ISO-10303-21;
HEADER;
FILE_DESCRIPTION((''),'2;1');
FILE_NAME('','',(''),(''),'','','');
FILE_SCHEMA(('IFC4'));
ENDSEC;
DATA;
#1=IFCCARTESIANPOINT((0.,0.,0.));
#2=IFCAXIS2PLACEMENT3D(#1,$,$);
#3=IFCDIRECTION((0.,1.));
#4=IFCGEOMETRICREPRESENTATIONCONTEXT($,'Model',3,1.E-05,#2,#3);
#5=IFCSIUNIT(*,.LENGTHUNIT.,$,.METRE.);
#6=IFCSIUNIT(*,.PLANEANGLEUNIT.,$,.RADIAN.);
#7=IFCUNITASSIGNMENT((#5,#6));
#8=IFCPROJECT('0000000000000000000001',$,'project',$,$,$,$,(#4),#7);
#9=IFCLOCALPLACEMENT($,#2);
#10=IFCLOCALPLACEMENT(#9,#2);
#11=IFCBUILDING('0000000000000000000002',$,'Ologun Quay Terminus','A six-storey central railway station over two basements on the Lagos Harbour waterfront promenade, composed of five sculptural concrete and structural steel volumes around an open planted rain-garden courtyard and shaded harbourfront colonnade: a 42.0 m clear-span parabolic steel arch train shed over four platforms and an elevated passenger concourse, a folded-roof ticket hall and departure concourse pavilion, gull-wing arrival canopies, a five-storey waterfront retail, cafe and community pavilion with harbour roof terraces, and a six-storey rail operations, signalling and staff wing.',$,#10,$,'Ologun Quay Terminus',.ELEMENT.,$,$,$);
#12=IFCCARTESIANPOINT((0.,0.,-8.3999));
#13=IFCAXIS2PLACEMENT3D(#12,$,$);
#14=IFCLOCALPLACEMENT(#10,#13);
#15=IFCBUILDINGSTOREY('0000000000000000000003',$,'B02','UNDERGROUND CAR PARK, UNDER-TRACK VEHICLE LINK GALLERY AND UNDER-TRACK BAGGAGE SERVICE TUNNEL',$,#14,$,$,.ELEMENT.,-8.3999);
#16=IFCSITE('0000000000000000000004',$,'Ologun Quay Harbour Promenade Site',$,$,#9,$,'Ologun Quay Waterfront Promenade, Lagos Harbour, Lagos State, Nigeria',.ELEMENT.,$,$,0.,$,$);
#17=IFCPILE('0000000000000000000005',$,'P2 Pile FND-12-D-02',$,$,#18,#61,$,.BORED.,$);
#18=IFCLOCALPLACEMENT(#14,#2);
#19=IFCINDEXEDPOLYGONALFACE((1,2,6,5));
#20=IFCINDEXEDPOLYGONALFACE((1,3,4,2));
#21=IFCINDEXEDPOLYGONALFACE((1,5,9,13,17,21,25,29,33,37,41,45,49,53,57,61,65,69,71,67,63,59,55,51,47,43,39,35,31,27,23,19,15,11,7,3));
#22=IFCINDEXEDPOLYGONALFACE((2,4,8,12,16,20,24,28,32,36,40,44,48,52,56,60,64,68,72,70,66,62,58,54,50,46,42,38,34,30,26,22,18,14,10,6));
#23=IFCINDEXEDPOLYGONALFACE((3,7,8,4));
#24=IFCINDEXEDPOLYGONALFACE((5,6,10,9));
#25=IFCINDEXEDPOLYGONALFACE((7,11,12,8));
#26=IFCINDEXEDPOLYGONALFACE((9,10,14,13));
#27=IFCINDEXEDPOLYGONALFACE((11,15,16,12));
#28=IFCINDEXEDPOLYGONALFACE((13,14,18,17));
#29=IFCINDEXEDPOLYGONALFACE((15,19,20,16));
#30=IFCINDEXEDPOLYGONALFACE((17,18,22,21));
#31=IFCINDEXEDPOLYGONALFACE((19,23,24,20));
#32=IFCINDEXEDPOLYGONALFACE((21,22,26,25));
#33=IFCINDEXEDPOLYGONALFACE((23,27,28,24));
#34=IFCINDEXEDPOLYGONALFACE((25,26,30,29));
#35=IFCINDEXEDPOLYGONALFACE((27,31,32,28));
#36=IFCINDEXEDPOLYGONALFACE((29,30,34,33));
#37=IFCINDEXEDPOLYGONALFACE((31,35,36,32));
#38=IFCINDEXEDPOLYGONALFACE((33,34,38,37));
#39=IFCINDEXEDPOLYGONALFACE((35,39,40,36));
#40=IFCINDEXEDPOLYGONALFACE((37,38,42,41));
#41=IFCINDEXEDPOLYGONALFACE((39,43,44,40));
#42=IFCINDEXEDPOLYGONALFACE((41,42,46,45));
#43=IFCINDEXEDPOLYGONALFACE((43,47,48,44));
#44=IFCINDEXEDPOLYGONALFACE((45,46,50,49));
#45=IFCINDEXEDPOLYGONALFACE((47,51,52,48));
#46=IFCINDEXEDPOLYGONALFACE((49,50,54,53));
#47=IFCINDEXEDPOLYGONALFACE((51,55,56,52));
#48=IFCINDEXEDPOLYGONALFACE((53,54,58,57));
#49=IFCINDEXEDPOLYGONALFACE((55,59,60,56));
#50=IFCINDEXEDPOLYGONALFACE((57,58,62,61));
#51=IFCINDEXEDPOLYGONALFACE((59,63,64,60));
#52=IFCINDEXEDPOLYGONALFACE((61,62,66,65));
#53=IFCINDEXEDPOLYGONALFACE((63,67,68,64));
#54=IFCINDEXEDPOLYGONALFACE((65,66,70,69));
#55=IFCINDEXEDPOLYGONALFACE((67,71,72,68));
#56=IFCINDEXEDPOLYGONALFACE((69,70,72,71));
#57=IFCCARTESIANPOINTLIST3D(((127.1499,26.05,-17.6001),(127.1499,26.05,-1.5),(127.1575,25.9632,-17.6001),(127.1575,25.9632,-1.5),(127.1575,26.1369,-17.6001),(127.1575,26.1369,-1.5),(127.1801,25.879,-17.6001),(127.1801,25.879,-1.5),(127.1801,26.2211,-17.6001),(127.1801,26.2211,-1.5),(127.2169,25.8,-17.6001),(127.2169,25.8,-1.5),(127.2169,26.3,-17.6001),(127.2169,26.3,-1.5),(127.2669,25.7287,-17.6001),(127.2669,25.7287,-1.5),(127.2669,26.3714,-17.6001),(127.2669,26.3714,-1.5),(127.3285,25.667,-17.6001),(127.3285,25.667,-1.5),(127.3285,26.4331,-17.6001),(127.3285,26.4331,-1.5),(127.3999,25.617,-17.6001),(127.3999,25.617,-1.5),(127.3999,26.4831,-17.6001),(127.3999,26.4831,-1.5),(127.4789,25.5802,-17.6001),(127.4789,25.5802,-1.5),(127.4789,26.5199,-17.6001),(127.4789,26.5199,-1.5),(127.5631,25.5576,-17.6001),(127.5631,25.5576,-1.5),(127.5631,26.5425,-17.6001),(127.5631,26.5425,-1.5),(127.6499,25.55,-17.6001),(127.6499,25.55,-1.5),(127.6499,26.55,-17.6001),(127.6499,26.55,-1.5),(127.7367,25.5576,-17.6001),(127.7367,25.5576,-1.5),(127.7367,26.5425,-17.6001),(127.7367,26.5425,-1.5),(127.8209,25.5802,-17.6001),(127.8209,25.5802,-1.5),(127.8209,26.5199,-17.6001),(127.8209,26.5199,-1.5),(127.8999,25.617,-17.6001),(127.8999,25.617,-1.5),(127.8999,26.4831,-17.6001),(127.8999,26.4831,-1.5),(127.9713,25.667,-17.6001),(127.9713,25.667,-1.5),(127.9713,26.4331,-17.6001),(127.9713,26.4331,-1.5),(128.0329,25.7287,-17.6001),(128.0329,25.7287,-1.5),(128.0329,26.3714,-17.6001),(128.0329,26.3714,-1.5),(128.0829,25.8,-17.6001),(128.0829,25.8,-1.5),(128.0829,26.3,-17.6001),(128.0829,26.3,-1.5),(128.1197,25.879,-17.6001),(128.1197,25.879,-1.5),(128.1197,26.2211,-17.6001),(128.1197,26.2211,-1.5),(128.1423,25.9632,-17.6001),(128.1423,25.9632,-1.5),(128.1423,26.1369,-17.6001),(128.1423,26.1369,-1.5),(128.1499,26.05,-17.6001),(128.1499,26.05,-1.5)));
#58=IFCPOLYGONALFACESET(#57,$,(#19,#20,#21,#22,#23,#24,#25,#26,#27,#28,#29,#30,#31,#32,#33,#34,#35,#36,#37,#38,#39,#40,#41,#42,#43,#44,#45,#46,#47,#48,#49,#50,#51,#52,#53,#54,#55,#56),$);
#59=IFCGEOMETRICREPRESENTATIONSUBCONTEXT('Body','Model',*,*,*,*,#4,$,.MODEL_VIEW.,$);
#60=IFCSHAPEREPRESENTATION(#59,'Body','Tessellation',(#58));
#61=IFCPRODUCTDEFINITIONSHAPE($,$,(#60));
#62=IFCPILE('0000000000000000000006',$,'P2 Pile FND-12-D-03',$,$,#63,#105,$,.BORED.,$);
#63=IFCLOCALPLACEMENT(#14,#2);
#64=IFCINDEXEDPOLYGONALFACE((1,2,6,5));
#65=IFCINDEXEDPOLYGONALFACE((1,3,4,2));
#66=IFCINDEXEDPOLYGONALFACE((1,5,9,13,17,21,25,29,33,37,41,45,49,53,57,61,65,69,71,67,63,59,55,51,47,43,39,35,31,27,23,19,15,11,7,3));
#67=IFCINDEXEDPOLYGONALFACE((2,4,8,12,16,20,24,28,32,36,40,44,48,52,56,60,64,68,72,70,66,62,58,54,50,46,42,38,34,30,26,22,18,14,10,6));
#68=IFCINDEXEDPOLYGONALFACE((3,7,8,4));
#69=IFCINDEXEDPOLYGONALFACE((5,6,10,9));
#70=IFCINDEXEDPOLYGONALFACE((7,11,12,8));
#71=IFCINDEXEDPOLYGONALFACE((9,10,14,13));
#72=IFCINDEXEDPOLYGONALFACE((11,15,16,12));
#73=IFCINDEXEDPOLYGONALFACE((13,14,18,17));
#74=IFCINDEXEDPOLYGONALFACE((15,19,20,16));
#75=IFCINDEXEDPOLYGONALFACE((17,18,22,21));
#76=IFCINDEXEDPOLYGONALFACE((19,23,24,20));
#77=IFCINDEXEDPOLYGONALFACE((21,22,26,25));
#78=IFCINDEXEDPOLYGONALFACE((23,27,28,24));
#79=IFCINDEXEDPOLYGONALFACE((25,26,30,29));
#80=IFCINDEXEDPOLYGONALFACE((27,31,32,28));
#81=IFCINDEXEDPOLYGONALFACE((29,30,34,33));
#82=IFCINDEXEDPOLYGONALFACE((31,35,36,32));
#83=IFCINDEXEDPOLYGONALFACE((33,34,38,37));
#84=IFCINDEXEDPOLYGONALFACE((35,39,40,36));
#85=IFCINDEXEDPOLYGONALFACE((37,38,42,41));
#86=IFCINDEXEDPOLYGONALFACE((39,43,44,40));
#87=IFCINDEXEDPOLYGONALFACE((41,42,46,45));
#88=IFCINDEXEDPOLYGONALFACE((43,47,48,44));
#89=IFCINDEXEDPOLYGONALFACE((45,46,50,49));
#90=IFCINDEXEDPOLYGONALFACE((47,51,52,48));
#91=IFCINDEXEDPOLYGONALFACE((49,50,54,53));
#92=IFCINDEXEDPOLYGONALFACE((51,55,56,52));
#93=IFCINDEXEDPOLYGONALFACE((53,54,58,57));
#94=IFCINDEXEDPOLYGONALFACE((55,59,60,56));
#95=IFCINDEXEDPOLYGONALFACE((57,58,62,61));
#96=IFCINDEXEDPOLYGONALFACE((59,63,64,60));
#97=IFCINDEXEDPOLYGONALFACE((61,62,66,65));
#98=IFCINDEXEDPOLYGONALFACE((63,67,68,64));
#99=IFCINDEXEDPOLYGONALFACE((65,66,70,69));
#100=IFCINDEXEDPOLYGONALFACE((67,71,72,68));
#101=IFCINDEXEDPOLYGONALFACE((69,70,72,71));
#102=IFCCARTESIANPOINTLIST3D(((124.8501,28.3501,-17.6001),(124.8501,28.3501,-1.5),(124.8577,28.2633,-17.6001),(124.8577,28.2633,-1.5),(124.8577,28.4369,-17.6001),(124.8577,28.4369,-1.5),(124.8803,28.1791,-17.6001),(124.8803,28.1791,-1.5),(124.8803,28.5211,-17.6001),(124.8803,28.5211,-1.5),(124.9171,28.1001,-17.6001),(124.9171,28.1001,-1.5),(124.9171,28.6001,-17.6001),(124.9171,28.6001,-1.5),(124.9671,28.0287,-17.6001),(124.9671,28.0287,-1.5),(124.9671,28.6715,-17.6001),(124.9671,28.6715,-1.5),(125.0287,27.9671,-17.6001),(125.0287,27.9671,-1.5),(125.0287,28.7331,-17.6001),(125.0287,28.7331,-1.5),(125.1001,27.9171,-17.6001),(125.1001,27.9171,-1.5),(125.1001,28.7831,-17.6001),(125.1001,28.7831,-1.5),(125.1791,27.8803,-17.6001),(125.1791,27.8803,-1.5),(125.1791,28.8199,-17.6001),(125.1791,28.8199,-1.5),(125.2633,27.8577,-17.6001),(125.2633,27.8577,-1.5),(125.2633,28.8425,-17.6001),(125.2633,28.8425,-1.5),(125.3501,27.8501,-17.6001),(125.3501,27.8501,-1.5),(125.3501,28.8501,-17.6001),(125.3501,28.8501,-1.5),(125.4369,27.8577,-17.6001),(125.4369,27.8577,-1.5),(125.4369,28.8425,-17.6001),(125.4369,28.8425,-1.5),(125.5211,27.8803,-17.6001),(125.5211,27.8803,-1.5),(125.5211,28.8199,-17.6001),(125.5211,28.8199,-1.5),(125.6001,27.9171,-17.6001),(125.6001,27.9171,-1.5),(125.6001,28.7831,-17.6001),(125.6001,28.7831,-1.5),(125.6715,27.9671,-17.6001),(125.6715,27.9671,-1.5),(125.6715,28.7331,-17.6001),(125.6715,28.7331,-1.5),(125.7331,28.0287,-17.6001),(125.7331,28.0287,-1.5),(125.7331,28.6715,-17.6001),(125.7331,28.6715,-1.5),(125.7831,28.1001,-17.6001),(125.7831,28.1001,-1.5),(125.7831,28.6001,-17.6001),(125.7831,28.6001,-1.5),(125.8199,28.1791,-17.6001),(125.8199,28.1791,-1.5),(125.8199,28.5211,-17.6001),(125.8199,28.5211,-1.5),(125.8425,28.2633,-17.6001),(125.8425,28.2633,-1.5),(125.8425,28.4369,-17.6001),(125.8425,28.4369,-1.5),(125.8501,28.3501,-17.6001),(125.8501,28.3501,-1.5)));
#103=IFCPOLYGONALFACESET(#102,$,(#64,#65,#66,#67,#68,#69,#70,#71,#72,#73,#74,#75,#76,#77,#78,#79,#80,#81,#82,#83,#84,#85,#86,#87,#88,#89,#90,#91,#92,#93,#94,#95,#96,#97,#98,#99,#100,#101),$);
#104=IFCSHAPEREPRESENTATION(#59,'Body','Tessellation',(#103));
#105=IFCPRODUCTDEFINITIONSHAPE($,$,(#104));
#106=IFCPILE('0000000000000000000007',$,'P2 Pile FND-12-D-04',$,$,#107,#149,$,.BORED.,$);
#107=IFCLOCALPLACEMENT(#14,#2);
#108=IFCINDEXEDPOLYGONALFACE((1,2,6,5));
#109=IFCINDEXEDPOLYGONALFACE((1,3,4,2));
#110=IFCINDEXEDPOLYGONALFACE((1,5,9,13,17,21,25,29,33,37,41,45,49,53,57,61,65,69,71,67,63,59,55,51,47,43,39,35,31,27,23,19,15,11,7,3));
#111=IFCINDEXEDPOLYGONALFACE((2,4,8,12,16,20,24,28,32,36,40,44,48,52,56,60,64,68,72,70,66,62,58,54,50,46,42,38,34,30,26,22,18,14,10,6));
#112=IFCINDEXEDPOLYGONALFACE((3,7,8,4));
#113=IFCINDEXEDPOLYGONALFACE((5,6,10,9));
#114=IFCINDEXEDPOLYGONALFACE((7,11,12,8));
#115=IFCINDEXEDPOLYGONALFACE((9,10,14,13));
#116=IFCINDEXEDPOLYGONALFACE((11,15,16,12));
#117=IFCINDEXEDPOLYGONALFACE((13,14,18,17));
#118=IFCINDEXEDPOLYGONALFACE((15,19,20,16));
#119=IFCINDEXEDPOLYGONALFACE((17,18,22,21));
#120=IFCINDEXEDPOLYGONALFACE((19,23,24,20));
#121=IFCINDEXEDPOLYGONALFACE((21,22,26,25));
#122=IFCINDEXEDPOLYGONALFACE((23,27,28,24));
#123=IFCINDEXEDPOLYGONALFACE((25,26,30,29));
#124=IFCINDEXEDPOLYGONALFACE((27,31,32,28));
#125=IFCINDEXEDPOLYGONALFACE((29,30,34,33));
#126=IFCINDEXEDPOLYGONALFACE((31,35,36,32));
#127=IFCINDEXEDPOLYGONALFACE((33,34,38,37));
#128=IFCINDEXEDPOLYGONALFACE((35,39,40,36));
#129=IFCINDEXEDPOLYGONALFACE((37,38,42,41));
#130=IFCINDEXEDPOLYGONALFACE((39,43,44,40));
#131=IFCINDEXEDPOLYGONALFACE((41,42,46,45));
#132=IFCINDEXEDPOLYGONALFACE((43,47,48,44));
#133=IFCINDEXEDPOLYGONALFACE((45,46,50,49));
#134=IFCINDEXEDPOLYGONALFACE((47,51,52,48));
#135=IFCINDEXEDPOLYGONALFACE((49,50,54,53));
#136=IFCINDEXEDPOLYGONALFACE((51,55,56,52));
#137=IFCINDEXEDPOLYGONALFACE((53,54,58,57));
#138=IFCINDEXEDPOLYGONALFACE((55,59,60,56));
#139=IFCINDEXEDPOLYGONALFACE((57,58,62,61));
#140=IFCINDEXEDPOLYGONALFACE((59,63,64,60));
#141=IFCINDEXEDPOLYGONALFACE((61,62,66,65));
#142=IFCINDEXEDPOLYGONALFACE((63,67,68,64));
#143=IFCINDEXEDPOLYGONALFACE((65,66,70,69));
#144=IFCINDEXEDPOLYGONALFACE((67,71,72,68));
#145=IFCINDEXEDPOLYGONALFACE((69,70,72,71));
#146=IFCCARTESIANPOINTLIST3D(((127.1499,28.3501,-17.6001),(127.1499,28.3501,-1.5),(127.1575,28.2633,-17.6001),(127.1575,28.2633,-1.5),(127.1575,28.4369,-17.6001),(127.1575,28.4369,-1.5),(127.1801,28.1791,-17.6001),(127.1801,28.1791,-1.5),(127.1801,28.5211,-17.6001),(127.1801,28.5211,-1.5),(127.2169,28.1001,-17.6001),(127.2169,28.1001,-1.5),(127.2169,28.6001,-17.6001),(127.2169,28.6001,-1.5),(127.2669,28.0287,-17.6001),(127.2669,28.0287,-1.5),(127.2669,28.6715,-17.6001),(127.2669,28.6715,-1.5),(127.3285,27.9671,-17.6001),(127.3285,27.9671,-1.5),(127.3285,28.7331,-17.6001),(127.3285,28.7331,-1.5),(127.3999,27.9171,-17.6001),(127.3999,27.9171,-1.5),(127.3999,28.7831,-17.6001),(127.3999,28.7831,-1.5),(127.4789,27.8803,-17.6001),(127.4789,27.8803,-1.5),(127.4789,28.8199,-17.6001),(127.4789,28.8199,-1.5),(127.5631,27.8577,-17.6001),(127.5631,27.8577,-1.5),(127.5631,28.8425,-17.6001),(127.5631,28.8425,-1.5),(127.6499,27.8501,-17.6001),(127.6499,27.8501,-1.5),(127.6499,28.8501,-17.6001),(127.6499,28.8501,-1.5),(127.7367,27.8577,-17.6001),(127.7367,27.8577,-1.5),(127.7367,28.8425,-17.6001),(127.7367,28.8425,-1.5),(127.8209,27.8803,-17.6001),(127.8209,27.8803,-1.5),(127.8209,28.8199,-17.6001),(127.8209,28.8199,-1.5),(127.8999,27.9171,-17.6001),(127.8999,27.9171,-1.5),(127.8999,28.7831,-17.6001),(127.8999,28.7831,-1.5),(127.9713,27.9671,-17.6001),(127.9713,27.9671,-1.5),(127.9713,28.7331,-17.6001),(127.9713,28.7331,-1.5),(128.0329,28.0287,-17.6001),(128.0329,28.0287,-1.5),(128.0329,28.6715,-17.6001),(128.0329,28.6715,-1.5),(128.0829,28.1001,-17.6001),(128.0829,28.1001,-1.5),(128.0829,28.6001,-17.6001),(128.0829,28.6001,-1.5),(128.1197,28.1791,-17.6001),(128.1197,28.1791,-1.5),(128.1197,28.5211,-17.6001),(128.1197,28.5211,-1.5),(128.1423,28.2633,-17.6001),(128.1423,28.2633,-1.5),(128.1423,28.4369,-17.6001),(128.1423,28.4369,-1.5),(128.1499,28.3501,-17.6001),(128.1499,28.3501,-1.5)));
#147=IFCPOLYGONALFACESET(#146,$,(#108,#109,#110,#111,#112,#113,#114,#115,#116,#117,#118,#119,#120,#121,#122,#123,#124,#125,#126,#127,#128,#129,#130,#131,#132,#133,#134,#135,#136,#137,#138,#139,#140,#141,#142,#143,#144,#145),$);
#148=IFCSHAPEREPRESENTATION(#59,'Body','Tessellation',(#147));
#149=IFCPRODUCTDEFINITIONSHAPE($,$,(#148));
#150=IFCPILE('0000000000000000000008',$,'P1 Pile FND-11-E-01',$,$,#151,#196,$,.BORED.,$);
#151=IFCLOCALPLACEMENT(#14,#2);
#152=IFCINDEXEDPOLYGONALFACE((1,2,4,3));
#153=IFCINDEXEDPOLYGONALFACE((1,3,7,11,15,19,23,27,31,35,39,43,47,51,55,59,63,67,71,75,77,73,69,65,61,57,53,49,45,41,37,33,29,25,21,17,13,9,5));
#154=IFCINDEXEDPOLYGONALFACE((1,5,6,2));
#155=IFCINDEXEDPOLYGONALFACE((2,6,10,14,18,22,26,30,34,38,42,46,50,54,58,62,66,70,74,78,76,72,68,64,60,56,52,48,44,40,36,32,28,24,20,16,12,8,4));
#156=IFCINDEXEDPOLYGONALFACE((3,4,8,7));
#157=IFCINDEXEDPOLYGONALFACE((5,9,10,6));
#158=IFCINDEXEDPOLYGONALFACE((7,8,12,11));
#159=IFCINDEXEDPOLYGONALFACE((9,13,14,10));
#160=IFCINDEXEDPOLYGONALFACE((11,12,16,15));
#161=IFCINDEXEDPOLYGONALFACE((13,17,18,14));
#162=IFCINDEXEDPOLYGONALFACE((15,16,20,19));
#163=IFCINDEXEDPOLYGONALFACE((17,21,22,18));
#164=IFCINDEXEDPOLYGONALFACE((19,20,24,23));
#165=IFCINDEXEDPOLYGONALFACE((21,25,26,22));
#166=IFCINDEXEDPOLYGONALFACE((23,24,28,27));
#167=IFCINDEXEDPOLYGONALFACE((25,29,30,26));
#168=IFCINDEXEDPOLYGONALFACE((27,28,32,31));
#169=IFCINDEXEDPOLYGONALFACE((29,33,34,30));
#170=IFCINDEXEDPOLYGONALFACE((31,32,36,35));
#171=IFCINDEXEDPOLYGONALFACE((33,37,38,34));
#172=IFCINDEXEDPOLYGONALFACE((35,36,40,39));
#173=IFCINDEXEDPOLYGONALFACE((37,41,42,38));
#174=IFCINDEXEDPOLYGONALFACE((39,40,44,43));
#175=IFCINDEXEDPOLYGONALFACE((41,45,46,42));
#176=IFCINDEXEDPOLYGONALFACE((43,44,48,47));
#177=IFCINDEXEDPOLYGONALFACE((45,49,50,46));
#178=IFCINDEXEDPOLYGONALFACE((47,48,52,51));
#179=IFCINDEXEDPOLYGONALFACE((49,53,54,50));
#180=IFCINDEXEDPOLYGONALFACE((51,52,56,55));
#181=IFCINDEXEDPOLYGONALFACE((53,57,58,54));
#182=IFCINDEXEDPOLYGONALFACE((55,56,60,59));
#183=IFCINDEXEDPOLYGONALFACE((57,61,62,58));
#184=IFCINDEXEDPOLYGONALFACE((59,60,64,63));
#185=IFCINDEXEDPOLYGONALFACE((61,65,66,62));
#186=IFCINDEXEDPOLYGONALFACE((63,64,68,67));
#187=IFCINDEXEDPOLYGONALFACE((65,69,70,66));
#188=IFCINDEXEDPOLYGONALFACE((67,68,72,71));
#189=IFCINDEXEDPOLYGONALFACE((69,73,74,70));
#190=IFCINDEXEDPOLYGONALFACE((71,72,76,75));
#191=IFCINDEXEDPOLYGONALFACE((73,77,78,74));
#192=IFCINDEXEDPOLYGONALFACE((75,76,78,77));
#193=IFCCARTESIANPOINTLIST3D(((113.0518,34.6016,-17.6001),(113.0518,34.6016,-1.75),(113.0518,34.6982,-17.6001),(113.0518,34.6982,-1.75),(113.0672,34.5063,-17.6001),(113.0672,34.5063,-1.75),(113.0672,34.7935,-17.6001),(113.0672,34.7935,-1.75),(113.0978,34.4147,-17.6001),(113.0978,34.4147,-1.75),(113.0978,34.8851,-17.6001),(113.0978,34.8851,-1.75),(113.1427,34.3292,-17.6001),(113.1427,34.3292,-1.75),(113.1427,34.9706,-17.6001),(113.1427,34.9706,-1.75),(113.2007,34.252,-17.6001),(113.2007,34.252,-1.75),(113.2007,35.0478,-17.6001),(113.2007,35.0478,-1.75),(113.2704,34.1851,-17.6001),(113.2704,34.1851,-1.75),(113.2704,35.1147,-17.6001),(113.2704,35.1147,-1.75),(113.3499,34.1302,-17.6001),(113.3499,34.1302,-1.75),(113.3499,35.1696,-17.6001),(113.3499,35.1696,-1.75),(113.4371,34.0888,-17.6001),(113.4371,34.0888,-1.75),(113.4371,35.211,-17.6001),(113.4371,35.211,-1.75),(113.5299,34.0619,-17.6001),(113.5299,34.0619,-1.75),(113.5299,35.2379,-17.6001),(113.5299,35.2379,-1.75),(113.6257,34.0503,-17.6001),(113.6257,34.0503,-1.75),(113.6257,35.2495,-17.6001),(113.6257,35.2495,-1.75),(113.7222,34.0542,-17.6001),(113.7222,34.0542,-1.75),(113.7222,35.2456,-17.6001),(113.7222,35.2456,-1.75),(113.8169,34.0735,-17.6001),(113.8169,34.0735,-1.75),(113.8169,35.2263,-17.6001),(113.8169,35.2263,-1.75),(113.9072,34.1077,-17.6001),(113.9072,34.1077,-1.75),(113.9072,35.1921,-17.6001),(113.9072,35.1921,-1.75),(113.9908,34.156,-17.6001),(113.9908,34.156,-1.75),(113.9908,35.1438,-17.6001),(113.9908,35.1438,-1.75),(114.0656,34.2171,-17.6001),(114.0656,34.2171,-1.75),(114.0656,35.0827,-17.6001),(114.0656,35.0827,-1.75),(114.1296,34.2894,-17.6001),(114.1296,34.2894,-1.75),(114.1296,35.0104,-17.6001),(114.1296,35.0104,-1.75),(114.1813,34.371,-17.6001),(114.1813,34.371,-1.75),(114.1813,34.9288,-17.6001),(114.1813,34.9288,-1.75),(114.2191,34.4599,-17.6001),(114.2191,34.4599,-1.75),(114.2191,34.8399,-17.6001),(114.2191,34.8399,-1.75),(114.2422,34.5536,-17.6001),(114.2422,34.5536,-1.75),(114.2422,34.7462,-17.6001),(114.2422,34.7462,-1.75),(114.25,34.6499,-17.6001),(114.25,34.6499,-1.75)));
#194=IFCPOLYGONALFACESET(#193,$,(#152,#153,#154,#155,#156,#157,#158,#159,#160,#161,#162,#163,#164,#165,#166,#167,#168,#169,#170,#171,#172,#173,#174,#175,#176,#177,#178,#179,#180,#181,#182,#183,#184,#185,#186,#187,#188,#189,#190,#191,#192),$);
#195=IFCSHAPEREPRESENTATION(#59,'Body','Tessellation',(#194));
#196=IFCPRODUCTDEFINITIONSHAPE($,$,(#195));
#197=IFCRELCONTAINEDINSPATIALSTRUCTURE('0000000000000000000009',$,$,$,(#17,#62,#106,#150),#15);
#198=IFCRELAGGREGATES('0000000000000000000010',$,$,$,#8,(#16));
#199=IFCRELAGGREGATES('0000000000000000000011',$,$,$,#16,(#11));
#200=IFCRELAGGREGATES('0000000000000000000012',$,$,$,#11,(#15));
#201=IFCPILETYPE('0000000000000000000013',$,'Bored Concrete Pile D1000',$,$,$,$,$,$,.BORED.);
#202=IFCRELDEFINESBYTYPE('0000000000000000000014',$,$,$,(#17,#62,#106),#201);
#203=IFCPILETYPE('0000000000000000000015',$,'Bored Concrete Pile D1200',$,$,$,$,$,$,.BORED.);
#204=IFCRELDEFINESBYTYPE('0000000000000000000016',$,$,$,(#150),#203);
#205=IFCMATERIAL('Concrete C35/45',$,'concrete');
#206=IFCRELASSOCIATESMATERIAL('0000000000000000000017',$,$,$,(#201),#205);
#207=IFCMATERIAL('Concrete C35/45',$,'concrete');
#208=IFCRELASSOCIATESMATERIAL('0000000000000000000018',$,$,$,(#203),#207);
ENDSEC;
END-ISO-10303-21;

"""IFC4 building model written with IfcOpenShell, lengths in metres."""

from ifc_helpers import new_model, si_unit, direction, frame, origin, origin_2d, place, context, subcontext, project, spatial, circle, extrude, material, material_profile, profile_set, type_object, element, save


model = new_model("IFC4")

# Units and contexts
model_context = context("Model", 3, precision=1e-05, world=origin(), true_north=direction((0.0, 1.0)))
body_context = subcontext(model_context, "Body", "Model", "MODEL_VIEW")
ifc_project = project(units=[si_unit("LENGTHUNIT", "METRE"), si_unit("PLANEANGLEUNIT", "RADIAN")], contexts=[model_context])

# Site, building, storey
site_placement = place(None, origin())
site = spatial("IfcSite", under=ifc_project, at=site_placement, Name="Ologun Quay Harbour Promenade Site", LongName="Ologun Quay Waterfront Promenade, Lagos Harbour, Lagos State, Nigeria", CompositionType="ELEMENT", RefElevation=0.0)
building_placement = place(site_placement, origin())
building = spatial("IfcBuilding", under=site, at=building_placement, Name="Ologun Quay Terminus", Description="A six-storey central railway station over two basements on the Lagos Harbour waterfront promenade, composed of five sculptural concrete and structural steel volumes around an open planted rain-garden courtyard and shaded harbourfront colonnade: a 42.0 m clear-span parabolic steel arch train shed over four platforms and an elevated passenger concourse, a folded-roof ticket hall and departure concourse pavilion, gull-wing arrival canopies, a five-storey waterfront retail, cafe and community pavilion with harbour roof terraces, and a six-storey rail operations, signalling and staff wing.", LongName="Ologun Quay Terminus", CompositionType="ELEMENT")
storey_placement = place(building_placement, frame((0.0, 0.0, -8.3999)))
storey = spatial("IfcBuildingStorey", under=building, at=storey_placement, Name="B02", Description="UNDERGROUND CAR PARK, UNDER-TRACK VEHICLE LINK GALLERY AND UNDER-TRACK BAGGAGE SERVICE TUNNEL", CompositionType="ELEMENT", Elevation=-8.3999)

# Piles
ifc_material_1 = material(Name="Concrete C35/45", Category="concrete")
ifc_material_profile_1 = material_profile(ifc_material_1, circle(Radius=0.5, at=origin_2d()), Name="PILE D1000")
ifc_profile_set_1 = profile_set([ifc_material_profile_1], Name="Concrete C35/45")
pile_type_1 = type_object("IfcPileType", Name="Bored Concrete Pile D1000", PredefinedType="BORED", material=ifc_profile_set_1)
for number, where, z_axis, x_axis, name in (
    (1, (127.6499, 26.05, -1.5), (0.0, 0.0, -1.0), (1.0, 0.0, 0.0), "P2 Pile FND-12-D-02"),
    (2, (125.3501, 28.3501, -1.5), (0.0, 0.0, -1.0), (1.0, 0.0, 0.0), "P2 Pile FND-12-D-03"),
    (3, (127.6499, 28.3501, -1.5), (0.0, 0.0, -1.0), (1.0, 0.0, 0.0), "P2 Pile FND-12-D-04"),
):
    element("IfcPile", number, at=place(storey_placement, frame(where, z_axis=z_axis, x_axis=x_axis)), inside=storey, type_object=pile_type_1, Name=name, PredefinedType="BORED", context=body_context, shape_type="SweptSolid", body=[
        extrude(circle(Radius=0.5, at=origin_2d()), origin(), (0.0, 0.0, 1.0), 16.1001),
    ])
ifc_material_2 = material(Name="Concrete C35/45", Category="concrete")
ifc_material_profile_2 = material_profile(ifc_material_2, circle(Radius=0.6001, at=origin_2d()), Name="PILE D1200")
ifc_profile_set_2 = profile_set([ifc_material_profile_2], Name="Concrete C35/45")
pile_type_2 = type_object("IfcPileType", Name="Bored Concrete Pile D1200", PredefinedType="BORED", material=ifc_profile_set_2)
for number, where, z_axis, x_axis, name in (
    (4, (113.6499, 34.6499, -1.75), (0.0, 0.0, -1.0), (1.0, 0.0, 0.0), "P1 Pile FND-11-E-01"),
):
    element("IfcPile", number, at=place(storey_placement, frame(where, z_axis=z_axis, x_axis=x_axis)), inside=storey, type_object=pile_type_2, Name=name, PredefinedType="BORED", context=body_context, shape_type="SweptSolid", body=[
        extrude(circle(Radius=0.6001, at=origin_2d()), origin(), (0.0, 0.0, 1.0), 15.8501),
    ])

save(model, "model.ifc")
